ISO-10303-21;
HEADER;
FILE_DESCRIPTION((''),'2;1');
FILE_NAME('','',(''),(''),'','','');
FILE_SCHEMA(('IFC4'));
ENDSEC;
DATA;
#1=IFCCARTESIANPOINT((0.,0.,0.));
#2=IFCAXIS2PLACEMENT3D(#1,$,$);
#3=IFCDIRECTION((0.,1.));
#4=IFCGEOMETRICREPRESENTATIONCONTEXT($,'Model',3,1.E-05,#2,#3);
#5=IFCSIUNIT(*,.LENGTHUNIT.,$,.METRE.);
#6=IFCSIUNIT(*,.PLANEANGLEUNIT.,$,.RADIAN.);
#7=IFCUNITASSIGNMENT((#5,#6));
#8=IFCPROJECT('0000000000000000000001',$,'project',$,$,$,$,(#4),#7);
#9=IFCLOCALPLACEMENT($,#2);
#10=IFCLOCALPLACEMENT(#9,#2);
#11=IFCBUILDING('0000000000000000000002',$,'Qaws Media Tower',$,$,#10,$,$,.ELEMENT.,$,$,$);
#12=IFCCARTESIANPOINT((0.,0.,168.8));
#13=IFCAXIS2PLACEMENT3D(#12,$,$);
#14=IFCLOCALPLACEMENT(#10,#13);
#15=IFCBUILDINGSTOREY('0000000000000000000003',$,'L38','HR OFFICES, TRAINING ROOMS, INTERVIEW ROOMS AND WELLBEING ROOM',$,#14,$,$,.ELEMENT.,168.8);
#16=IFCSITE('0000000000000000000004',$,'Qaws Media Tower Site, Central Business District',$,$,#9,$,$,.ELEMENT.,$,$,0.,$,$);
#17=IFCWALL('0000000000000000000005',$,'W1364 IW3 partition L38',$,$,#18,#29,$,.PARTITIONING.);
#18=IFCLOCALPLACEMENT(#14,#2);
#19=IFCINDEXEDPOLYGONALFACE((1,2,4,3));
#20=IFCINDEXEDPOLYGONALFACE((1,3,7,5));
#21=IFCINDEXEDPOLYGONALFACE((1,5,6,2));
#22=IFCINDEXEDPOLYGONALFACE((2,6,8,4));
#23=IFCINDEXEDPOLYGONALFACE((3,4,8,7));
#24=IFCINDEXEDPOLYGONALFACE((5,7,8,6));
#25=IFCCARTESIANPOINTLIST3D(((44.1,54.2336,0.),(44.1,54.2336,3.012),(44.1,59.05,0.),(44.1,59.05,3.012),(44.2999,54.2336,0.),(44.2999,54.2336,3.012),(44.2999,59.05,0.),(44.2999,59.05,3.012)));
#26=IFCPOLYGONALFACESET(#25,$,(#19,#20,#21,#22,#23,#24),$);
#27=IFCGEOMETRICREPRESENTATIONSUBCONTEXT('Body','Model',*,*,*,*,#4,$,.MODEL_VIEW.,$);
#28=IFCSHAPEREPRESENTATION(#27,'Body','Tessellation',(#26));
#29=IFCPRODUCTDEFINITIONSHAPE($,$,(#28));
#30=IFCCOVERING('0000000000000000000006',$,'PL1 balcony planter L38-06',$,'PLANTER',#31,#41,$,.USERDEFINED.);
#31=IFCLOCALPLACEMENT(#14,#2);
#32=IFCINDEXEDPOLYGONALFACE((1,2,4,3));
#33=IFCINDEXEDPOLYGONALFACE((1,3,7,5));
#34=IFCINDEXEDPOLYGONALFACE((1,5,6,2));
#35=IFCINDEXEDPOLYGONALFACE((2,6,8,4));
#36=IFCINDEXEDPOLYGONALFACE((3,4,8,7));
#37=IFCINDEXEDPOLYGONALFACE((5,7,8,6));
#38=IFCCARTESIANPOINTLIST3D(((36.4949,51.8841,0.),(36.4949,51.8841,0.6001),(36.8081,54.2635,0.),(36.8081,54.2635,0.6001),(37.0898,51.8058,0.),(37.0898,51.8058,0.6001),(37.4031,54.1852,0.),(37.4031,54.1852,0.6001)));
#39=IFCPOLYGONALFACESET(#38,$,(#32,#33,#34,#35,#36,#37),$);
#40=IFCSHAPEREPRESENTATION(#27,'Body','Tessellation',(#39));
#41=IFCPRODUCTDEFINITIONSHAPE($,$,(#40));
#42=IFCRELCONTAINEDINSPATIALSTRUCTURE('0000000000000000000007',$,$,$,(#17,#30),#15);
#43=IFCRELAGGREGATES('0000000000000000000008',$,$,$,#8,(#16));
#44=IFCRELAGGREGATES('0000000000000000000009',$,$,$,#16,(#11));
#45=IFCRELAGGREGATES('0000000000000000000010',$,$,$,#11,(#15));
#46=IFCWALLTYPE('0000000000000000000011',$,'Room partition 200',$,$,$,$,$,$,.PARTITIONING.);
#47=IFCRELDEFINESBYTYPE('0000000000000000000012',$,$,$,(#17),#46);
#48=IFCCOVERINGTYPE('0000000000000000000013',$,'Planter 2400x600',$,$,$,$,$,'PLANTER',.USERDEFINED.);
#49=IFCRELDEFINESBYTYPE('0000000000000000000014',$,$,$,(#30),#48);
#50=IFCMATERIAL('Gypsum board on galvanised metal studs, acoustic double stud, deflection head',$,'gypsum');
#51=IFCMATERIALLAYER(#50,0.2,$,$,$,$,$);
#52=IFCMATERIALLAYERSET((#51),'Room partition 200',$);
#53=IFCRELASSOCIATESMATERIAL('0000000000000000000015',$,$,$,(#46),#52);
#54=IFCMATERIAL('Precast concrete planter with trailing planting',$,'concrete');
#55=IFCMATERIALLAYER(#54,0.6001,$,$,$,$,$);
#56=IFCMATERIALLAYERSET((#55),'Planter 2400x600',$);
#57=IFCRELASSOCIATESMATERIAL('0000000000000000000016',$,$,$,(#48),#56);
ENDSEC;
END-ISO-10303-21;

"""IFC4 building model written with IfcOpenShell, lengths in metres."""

from ifc_helpers import new_model, si_unit, direction, frame, frame_2d, origin, origin_2d, place, context, subcontext, project, spatial, rectangle, extrude, material, layer, layer_set, type_object, element, save


model = new_model("IFC4")

# Units and contexts
model_context = context("Model", 3, precision=1e-05, world=origin(), true_north=direction((0.0, 1.0)))
body_context = subcontext(model_context, "Body", "Model", "MODEL_VIEW")
ifc_project = project(units=[si_unit("LENGTHUNIT", "METRE"), si_unit("PLANEANGLEUNIT", "RADIAN")], contexts=[model_context])

# Site, building, storey
site_placement = place(None, origin())
site = spatial("IfcSite", under=ifc_project, at=site_placement, Name="Qaws Media Tower Site, Central Business District", CompositionType="ELEMENT", RefElevation=0.0)
building_placement = place(site_placement, origin())
building = spatial("IfcBuilding", under=site, at=building_placement, Name="Qaws Media Tower", CompositionType="ELEMENT")
storey_placement = place(building_placement, frame((0.0, 0.0, 168.8)))
storey = spatial("IfcBuildingStorey", under=building, at=storey_placement, Name="L38", Description="HR OFFICES, TRAINING ROOMS, INTERVIEW ROOMS AND WELLBEING ROOM", CompositionType="ELEMENT", Elevation=168.8)

# Shared definitions
ifc_material_1 = material(Name="Gypsum board on galvanised metal studs, acoustic double stud, deflection head", Category="gypsum")
ifc_layer_1 = layer(ifc_material_1, 0.2)
ifc_layer_set_1 = layer_set([ifc_layer_1], Name="Room partition 200")
wall_type_1 = type_object("IfcWallType", Name="Room partition 200", PredefinedType="PARTITIONING", material=ifc_layer_set_1)

# Wall
wall_1_placement = place(storey_placement, frame((44.2, 54.2336, 0.0), z_axis=(0.0, 0.0, 1.0), x_axis=(0.0, 1.0, 0.0)))
element("IfcWall", 1, at=wall_1_placement, inside=storey, type_object=wall_type_1, Name="W1364 IW3 partition L38", PredefinedType="PARTITIONING", context=body_context, shape_type="SweptSolid", body=[
    extrude(rectangle(XDim=4.8164, YDim=0.2, at=frame_2d((2.4082, 0.0))), origin(), (0.0, 0.0, 1.0), 3.012),
])

# Covering
ifc_material_2 = material(Name="Precast concrete planter with trailing planting", Category="concrete")
ifc_layer_2 = layer(ifc_material_2, 0.6001)
ifc_layer_set_2 = layer_set([ifc_layer_2], Name="Planter 2400x600")
covering_type = type_object("IfcCoveringType", Name="Planter 2400x600", ElementType="PLANTER", PredefinedType="USERDEFINED", material=ifc_layer_set_2)
covering_placement = place(storey_placement, frame((36.949, 53.0347, 0.0), z_axis=(0.0, 0.0, 1.0), x_axis=(-0.130526, -0.991445, 0.0)))
element("IfcCovering", 2, at=covering_placement, inside=storey, type_object=covering_type, Name="PL1 balcony planter L38-06", ObjectType="PLANTER", PredefinedType="USERDEFINED", context=body_context, shape_type="SweptSolid", body=[
    extrude(rectangle(XDim=2.3999, YDim=0.6001, at=origin_2d()), origin(), (0.0, 0.0, 1.0), 0.6001),
])

save(model, "model.ifc")
